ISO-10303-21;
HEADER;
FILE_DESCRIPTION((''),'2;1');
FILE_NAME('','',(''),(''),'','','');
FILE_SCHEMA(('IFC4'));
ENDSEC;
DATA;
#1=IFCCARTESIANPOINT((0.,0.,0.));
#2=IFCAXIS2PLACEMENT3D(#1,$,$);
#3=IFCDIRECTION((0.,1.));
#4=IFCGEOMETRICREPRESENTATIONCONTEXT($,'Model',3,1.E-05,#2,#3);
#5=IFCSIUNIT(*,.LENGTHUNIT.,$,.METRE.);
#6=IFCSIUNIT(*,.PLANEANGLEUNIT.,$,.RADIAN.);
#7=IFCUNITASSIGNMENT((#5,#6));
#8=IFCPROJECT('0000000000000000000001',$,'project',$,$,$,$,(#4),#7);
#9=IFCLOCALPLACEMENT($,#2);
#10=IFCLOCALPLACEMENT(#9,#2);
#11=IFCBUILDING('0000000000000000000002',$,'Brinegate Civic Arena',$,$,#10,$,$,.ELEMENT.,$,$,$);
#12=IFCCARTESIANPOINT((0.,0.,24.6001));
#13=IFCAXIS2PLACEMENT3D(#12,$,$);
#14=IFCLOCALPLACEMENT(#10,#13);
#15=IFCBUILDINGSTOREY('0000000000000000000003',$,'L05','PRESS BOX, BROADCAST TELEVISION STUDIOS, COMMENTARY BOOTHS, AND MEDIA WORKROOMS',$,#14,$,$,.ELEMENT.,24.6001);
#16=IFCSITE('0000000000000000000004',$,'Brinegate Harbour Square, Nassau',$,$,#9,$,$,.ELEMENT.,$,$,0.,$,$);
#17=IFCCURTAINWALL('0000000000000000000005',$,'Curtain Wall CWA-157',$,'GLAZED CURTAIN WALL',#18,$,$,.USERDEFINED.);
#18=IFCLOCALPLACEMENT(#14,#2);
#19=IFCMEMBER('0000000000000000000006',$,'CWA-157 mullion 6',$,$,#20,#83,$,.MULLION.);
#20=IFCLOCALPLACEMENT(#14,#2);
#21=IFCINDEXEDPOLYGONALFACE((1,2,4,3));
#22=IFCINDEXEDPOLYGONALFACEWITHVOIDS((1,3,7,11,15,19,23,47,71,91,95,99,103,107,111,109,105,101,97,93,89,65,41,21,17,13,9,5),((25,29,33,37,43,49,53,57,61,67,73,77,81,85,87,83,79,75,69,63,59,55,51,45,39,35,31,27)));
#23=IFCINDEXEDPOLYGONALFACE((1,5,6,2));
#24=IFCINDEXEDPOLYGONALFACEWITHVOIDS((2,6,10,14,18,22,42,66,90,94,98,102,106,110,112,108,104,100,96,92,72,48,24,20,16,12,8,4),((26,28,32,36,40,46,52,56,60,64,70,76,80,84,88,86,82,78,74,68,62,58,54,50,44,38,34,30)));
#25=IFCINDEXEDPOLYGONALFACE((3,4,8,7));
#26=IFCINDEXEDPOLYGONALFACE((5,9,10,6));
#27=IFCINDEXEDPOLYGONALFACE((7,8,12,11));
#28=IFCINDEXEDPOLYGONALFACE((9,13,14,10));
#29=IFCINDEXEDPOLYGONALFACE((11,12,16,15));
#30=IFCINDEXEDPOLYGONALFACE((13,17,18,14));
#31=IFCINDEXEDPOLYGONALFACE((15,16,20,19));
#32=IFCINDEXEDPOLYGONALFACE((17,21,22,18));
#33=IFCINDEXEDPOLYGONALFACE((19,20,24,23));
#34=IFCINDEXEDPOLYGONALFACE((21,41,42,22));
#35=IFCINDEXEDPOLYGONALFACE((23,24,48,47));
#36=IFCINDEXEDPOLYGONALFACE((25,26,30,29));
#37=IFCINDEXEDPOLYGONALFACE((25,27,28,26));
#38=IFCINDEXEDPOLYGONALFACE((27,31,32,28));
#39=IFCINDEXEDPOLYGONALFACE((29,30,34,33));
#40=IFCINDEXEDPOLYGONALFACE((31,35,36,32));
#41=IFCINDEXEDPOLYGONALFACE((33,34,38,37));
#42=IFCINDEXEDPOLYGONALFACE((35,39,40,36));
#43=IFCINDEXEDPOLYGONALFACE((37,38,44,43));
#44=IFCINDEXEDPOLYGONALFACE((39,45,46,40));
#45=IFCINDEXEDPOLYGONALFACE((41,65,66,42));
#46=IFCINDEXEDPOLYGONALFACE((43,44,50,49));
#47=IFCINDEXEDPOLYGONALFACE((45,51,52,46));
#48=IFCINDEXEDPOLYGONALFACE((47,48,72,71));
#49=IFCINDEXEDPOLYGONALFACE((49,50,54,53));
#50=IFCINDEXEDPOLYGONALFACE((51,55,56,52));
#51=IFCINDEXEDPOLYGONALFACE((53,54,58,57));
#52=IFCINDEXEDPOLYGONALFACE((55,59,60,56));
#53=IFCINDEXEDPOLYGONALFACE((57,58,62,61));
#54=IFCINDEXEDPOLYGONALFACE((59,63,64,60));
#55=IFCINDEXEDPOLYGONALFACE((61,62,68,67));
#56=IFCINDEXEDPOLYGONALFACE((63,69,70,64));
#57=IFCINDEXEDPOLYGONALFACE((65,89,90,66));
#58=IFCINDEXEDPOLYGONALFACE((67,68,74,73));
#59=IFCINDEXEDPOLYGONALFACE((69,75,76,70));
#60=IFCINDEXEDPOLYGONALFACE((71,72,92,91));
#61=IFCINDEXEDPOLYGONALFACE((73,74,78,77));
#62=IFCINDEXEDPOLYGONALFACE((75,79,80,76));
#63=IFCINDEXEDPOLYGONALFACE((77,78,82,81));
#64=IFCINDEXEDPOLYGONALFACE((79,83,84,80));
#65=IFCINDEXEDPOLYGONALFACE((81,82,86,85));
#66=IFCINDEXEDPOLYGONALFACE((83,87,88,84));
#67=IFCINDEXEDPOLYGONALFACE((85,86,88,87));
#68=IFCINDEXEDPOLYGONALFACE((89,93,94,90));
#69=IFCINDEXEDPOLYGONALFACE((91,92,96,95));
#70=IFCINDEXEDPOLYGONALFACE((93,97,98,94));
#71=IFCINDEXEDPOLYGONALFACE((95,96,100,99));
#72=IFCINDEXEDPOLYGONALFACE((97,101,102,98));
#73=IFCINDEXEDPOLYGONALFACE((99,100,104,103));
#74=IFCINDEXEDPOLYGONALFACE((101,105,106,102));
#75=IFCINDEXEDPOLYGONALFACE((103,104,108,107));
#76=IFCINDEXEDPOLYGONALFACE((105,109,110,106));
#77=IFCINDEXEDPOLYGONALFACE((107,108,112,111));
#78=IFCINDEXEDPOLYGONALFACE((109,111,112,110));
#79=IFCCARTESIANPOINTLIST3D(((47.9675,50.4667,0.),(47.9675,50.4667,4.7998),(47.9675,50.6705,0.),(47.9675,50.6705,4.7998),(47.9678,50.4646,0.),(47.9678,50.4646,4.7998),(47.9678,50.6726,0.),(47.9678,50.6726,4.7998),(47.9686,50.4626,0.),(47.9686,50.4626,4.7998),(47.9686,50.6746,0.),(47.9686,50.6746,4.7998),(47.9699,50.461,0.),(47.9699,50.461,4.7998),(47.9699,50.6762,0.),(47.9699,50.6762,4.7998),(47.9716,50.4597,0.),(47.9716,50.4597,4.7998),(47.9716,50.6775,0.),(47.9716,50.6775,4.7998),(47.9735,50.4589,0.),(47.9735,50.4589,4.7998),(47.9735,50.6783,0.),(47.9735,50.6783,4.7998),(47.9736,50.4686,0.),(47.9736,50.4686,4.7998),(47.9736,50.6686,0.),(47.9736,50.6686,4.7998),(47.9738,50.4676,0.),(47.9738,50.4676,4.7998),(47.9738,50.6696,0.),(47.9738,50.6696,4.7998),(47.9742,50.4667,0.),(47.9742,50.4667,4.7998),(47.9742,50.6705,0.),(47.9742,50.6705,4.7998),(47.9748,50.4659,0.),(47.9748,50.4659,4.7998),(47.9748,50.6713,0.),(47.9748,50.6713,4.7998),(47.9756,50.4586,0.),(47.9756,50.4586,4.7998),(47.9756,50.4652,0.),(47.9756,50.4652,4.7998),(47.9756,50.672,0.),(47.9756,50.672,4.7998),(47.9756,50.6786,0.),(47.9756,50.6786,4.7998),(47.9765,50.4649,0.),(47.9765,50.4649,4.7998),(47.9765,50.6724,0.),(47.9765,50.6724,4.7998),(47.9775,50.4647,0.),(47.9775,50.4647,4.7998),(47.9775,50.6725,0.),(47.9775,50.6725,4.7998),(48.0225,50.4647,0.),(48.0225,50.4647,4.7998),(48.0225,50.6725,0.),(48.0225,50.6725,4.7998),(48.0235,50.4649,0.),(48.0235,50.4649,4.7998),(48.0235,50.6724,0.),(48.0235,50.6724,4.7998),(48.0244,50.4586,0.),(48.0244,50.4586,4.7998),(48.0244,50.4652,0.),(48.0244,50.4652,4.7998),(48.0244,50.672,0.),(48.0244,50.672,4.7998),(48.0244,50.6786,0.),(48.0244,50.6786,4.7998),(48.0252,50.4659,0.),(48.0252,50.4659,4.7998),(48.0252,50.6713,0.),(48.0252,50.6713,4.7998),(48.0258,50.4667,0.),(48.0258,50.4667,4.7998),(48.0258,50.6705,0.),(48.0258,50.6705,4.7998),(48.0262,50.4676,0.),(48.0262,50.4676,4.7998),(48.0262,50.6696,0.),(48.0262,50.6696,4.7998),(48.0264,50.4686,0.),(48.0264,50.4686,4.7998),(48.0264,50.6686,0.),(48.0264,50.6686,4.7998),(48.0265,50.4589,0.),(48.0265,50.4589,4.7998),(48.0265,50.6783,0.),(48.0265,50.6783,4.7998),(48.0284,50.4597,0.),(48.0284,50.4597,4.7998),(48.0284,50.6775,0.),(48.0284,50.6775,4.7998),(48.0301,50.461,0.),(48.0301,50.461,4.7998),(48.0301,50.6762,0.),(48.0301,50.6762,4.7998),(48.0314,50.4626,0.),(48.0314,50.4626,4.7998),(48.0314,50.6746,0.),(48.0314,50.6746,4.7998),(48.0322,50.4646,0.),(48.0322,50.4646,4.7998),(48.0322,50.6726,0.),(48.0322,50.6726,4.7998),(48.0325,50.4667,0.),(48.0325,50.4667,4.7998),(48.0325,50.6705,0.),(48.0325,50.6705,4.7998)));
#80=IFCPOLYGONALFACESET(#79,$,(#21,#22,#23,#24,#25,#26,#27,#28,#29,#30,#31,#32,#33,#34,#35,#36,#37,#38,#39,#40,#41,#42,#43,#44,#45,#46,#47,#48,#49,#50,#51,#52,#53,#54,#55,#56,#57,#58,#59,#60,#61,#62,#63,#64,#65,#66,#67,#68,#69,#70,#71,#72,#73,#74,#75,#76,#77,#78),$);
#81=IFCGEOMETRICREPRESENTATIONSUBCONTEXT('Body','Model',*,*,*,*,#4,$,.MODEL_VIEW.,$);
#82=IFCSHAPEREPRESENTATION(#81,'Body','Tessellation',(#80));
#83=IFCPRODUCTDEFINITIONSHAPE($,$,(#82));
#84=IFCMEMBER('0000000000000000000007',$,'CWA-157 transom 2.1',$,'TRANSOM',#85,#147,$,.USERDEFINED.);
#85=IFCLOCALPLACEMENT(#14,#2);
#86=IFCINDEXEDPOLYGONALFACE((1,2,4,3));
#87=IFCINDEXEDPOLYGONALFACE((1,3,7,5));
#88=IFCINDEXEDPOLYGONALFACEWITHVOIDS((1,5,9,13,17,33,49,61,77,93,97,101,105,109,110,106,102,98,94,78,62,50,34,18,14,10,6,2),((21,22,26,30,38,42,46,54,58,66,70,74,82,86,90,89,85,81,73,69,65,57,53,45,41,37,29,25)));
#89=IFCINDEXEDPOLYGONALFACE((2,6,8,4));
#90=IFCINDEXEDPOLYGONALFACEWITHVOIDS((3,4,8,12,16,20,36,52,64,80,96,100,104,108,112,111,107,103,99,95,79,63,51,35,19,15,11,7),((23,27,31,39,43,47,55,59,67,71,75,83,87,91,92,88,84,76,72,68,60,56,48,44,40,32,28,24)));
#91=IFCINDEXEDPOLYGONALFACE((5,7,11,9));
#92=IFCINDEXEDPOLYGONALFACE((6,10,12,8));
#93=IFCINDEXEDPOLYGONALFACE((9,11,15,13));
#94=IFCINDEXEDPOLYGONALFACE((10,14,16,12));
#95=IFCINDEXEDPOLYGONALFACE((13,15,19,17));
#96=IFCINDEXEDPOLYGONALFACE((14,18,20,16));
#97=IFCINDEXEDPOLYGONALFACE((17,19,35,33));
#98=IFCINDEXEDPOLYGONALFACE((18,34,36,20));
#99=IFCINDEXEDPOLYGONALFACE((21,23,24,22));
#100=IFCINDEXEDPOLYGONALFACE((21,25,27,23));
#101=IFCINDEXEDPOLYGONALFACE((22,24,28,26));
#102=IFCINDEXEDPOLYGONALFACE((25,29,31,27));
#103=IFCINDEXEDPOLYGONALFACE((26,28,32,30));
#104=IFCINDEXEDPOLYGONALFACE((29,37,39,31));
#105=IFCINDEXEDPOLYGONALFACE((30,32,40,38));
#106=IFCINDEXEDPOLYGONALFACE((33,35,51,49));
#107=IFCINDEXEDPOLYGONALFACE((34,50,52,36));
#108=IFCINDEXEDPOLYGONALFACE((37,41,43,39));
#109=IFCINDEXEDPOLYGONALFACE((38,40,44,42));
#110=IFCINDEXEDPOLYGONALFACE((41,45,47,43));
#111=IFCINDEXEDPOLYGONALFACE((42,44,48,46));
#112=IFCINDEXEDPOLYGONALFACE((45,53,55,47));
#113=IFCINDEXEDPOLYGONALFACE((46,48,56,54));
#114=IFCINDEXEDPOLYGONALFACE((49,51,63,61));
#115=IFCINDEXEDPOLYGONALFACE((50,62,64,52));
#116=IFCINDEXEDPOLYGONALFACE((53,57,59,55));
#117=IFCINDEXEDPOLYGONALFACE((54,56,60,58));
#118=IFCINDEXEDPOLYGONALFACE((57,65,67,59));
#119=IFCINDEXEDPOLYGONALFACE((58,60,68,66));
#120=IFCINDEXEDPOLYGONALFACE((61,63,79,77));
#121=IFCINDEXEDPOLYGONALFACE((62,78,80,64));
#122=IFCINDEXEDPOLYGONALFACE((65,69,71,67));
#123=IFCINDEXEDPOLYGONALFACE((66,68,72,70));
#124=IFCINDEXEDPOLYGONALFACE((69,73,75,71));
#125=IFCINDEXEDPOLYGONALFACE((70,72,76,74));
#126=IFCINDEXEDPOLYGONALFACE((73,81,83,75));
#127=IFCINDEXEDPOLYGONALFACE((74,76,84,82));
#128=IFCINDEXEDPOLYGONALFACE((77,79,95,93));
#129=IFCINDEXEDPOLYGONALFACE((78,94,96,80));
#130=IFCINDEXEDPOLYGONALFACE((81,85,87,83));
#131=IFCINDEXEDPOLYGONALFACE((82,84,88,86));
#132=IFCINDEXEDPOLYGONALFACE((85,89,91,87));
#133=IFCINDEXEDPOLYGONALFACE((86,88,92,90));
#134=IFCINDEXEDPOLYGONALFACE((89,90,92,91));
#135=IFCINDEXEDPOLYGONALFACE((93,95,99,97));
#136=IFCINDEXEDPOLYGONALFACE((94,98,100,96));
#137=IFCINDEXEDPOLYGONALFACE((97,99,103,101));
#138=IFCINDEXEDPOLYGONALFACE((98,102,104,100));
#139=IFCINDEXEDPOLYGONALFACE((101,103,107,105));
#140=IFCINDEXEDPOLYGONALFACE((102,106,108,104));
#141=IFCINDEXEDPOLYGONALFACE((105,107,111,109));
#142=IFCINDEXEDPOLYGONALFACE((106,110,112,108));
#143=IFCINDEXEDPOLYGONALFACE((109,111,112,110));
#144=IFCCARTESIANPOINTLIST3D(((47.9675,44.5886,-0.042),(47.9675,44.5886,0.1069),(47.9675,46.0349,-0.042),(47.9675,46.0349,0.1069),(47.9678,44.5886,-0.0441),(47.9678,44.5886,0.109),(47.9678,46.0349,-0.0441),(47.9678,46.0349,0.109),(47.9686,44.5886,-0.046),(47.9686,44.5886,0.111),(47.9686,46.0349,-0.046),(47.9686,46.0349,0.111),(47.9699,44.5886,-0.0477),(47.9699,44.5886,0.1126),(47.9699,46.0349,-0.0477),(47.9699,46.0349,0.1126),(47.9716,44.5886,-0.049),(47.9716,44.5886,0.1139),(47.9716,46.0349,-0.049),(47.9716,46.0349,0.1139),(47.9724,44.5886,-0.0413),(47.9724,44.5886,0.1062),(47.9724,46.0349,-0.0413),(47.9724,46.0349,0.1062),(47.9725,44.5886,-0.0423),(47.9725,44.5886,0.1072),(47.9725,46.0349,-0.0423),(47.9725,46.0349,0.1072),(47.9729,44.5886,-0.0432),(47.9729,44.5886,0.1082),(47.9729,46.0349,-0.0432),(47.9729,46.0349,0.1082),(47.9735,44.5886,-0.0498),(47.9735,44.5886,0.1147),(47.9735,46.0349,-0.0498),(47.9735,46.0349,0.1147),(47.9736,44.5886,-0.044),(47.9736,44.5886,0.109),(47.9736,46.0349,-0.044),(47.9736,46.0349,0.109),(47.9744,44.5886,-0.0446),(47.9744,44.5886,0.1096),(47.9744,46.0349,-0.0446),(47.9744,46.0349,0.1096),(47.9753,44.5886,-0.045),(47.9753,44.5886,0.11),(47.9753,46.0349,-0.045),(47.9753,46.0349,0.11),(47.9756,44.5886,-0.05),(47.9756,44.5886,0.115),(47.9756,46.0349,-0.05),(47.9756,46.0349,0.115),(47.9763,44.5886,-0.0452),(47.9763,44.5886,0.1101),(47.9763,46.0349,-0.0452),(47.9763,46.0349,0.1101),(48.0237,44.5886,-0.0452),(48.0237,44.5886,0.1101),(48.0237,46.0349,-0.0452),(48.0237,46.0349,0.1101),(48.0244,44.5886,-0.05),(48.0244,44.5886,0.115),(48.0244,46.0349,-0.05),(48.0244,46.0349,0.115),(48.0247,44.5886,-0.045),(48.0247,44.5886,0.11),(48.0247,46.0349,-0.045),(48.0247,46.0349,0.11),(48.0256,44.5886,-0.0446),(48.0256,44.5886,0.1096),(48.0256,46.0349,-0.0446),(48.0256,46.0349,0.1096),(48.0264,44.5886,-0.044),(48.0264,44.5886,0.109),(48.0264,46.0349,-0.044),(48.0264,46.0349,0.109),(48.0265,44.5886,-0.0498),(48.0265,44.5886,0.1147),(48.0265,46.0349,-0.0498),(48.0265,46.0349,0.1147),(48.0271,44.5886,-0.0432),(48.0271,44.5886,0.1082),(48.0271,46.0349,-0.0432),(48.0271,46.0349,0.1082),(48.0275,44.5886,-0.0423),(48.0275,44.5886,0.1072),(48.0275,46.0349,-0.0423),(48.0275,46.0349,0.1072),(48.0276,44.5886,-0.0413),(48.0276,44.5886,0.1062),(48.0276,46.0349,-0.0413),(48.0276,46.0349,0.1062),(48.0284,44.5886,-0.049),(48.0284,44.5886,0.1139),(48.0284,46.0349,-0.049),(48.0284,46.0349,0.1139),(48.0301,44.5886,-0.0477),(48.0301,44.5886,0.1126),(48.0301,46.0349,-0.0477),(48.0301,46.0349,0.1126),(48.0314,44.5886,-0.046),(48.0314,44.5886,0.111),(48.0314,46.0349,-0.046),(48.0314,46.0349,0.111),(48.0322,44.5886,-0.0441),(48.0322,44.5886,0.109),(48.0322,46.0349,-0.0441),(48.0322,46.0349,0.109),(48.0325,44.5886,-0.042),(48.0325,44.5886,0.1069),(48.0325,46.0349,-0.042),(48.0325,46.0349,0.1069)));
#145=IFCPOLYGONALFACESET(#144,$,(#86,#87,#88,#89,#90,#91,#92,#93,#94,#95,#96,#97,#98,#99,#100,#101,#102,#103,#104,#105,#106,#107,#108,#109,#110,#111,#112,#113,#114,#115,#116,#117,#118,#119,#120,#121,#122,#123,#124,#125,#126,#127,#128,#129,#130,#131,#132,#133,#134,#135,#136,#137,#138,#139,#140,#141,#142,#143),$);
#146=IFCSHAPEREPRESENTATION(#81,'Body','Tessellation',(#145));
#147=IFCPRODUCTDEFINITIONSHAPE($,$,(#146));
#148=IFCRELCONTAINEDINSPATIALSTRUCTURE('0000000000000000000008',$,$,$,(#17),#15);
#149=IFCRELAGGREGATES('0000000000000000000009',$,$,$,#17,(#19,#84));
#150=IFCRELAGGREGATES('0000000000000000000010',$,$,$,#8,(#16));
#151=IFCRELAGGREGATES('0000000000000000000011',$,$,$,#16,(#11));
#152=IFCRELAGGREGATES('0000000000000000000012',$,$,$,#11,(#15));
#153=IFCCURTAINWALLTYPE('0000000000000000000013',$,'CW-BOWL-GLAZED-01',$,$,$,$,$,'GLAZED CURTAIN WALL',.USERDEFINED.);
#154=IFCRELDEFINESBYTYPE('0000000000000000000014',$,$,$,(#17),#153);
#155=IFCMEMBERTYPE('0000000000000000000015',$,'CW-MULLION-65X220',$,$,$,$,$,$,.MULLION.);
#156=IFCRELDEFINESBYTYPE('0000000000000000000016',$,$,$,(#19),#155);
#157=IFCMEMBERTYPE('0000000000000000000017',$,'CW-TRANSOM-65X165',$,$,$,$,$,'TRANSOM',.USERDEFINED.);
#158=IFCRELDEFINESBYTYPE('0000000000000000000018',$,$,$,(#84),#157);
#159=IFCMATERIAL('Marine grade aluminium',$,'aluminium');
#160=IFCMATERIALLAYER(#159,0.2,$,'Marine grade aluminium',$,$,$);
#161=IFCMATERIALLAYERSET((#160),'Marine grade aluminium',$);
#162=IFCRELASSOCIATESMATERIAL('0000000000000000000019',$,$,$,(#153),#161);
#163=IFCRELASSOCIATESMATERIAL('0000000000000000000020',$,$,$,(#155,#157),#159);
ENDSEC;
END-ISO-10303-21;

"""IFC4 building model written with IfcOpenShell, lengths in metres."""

from ifc_helpers import new_model, si_unit, direction, frame, origin, origin_2d, place, context, subcontext, project, spatial, hollow_rectangle, extrude, material, layer, layer_set, material_profile, profile_set, type_object, element, aggregate, save


model = new_model("IFC4")

# Units and contexts
model_context = context("Model", 3, precision=1e-05, world=origin(), true_north=direction((0.0, 1.0)))
body_context = subcontext(model_context, "Body", "Model", "MODEL_VIEW")
ifc_project = project(units=[si_unit("LENGTHUNIT", "METRE"), si_unit("PLANEANGLEUNIT", "RADIAN")], contexts=[model_context])

# Site, building, storey
site_placement = place(None, origin())
site = spatial("IfcSite", under=ifc_project, at=site_placement, Name="Brinegate Harbour Square, Nassau", CompositionType="ELEMENT", RefElevation=0.0)
building_placement = place(site_placement, origin())
building = spatial("IfcBuilding", under=site, at=building_placement, Name="Brinegate Civic Arena", CompositionType="ELEMENT")
storey_placement = place(building_placement, frame((0.0, 0.0, 24.6001)))
storey = spatial("IfcBuildingStorey", under=building, at=storey_placement, Name="L05", Description="PRESS BOX, BROADCAST TELEVISION STUDIOS, COMMENTARY BOOTHS, AND MEDIA WORKROOMS", CompositionType="ELEMENT", Elevation=24.6001)

# Curtain wall, members
ifc_material_1 = material(Name="Marine grade aluminium", Category="aluminium")
ifc_layer_1 = layer(ifc_material_1, 0.2, Name="Marine grade aluminium")
ifc_layer_set_1 = layer_set([ifc_layer_1], Name="Marine grade aluminium")
curtain_wall_type = type_object("IfcCurtainWallType", Name="CW-BOWL-GLAZED-01", ElementType="GLAZED CURTAIN WALL", PredefinedType="USERDEFINED", material=ifc_layer_set_1)
curtain_wall_placement = place(storey_placement, origin())
curtain_wall = element("IfcCurtainWall", 1, at=curtain_wall_placement, inside=storey, type_object=curtain_wall_type, Name="Curtain Wall CWA-157", ObjectType="GLAZED CURTAIN WALL", PredefinedType="USERDEFINED")
ifc_material_profile_1 = material_profile(ifc_material_1, hollow_rectangle(XDim=0.0649, YDim=0.22, WallThickness=0.0061, InnerFilletRadius=0.0039, OuterFilletRadius=0.0081, at=origin_2d()), Name="MUL65X220")
ifc_profile_set_1 = profile_set([ifc_material_profile_1], Name="Marine grade aluminium")
member_type_1 = type_object("IfcMemberType", Name="CW-MULLION-65X220", PredefinedType="MULLION", material=ifc_profile_set_1)
member_1_placement = place(storey_placement, frame((48.0, 50.5686, 0.0), z_axis=(0.0, 0.0, 1.0), x_axis=(-1.0, 0.0, 0.0)))
member_1 = element("IfcMember", 2, at=member_1_placement, type_object=member_type_1, Name="CWA-157 mullion 6", PredefinedType="MULLION", context=body_context, shape_type="SweptSolid", body=[
    extrude(hollow_rectangle(XDim=0.0649, YDim=0.22, WallThickness=0.0061, InnerFilletRadius=0.0039, OuterFilletRadius=0.0081, at=origin_2d()), origin(), (0.0, 0.0, 1.0), 4.7998),
])
ifc_material_profile_2 = material_profile(ifc_material_1, hollow_rectangle(XDim=0.0649, YDim=0.165, WallThickness=0.0049, InnerFilletRadius=0.0039, OuterFilletRadius=0.0081, at=origin_2d()), Name="TRN65X165")
ifc_profile_set_2 = profile_set([ifc_material_profile_2], Name="Marine grade aluminium")
member_type_2 = type_object("IfcMemberType", Name="CW-TRANSOM-65X165", ElementType="TRANSOM", PredefinedType="USERDEFINED", material=ifc_profile_set_2)
member_2_placement = place(storey_placement, frame((48.0, 44.5886, 0.0325), z_axis=(0.0, 1.0, 0.0), x_axis=(-1.0, 0.0, 0.0)))
member_2 = element("IfcMember", 3, at=member_2_placement, type_object=member_type_2, Name="CWA-157 transom 2.1", ObjectType="TRANSOM", PredefinedType="USERDEFINED", context=body_context, shape_type="SweptSolid", body=[
    extrude(hollow_rectangle(XDim=0.0649, YDim=0.165, WallThickness=0.0049, InnerFilletRadius=0.0039, OuterFilletRadius=0.0081, at=origin_2d()), origin(), (0.0, 0.0, 1.0), 1.4463),
])

aggregate(curtain_wall, [member_1, member_2])

save(model, "model.ifc")
